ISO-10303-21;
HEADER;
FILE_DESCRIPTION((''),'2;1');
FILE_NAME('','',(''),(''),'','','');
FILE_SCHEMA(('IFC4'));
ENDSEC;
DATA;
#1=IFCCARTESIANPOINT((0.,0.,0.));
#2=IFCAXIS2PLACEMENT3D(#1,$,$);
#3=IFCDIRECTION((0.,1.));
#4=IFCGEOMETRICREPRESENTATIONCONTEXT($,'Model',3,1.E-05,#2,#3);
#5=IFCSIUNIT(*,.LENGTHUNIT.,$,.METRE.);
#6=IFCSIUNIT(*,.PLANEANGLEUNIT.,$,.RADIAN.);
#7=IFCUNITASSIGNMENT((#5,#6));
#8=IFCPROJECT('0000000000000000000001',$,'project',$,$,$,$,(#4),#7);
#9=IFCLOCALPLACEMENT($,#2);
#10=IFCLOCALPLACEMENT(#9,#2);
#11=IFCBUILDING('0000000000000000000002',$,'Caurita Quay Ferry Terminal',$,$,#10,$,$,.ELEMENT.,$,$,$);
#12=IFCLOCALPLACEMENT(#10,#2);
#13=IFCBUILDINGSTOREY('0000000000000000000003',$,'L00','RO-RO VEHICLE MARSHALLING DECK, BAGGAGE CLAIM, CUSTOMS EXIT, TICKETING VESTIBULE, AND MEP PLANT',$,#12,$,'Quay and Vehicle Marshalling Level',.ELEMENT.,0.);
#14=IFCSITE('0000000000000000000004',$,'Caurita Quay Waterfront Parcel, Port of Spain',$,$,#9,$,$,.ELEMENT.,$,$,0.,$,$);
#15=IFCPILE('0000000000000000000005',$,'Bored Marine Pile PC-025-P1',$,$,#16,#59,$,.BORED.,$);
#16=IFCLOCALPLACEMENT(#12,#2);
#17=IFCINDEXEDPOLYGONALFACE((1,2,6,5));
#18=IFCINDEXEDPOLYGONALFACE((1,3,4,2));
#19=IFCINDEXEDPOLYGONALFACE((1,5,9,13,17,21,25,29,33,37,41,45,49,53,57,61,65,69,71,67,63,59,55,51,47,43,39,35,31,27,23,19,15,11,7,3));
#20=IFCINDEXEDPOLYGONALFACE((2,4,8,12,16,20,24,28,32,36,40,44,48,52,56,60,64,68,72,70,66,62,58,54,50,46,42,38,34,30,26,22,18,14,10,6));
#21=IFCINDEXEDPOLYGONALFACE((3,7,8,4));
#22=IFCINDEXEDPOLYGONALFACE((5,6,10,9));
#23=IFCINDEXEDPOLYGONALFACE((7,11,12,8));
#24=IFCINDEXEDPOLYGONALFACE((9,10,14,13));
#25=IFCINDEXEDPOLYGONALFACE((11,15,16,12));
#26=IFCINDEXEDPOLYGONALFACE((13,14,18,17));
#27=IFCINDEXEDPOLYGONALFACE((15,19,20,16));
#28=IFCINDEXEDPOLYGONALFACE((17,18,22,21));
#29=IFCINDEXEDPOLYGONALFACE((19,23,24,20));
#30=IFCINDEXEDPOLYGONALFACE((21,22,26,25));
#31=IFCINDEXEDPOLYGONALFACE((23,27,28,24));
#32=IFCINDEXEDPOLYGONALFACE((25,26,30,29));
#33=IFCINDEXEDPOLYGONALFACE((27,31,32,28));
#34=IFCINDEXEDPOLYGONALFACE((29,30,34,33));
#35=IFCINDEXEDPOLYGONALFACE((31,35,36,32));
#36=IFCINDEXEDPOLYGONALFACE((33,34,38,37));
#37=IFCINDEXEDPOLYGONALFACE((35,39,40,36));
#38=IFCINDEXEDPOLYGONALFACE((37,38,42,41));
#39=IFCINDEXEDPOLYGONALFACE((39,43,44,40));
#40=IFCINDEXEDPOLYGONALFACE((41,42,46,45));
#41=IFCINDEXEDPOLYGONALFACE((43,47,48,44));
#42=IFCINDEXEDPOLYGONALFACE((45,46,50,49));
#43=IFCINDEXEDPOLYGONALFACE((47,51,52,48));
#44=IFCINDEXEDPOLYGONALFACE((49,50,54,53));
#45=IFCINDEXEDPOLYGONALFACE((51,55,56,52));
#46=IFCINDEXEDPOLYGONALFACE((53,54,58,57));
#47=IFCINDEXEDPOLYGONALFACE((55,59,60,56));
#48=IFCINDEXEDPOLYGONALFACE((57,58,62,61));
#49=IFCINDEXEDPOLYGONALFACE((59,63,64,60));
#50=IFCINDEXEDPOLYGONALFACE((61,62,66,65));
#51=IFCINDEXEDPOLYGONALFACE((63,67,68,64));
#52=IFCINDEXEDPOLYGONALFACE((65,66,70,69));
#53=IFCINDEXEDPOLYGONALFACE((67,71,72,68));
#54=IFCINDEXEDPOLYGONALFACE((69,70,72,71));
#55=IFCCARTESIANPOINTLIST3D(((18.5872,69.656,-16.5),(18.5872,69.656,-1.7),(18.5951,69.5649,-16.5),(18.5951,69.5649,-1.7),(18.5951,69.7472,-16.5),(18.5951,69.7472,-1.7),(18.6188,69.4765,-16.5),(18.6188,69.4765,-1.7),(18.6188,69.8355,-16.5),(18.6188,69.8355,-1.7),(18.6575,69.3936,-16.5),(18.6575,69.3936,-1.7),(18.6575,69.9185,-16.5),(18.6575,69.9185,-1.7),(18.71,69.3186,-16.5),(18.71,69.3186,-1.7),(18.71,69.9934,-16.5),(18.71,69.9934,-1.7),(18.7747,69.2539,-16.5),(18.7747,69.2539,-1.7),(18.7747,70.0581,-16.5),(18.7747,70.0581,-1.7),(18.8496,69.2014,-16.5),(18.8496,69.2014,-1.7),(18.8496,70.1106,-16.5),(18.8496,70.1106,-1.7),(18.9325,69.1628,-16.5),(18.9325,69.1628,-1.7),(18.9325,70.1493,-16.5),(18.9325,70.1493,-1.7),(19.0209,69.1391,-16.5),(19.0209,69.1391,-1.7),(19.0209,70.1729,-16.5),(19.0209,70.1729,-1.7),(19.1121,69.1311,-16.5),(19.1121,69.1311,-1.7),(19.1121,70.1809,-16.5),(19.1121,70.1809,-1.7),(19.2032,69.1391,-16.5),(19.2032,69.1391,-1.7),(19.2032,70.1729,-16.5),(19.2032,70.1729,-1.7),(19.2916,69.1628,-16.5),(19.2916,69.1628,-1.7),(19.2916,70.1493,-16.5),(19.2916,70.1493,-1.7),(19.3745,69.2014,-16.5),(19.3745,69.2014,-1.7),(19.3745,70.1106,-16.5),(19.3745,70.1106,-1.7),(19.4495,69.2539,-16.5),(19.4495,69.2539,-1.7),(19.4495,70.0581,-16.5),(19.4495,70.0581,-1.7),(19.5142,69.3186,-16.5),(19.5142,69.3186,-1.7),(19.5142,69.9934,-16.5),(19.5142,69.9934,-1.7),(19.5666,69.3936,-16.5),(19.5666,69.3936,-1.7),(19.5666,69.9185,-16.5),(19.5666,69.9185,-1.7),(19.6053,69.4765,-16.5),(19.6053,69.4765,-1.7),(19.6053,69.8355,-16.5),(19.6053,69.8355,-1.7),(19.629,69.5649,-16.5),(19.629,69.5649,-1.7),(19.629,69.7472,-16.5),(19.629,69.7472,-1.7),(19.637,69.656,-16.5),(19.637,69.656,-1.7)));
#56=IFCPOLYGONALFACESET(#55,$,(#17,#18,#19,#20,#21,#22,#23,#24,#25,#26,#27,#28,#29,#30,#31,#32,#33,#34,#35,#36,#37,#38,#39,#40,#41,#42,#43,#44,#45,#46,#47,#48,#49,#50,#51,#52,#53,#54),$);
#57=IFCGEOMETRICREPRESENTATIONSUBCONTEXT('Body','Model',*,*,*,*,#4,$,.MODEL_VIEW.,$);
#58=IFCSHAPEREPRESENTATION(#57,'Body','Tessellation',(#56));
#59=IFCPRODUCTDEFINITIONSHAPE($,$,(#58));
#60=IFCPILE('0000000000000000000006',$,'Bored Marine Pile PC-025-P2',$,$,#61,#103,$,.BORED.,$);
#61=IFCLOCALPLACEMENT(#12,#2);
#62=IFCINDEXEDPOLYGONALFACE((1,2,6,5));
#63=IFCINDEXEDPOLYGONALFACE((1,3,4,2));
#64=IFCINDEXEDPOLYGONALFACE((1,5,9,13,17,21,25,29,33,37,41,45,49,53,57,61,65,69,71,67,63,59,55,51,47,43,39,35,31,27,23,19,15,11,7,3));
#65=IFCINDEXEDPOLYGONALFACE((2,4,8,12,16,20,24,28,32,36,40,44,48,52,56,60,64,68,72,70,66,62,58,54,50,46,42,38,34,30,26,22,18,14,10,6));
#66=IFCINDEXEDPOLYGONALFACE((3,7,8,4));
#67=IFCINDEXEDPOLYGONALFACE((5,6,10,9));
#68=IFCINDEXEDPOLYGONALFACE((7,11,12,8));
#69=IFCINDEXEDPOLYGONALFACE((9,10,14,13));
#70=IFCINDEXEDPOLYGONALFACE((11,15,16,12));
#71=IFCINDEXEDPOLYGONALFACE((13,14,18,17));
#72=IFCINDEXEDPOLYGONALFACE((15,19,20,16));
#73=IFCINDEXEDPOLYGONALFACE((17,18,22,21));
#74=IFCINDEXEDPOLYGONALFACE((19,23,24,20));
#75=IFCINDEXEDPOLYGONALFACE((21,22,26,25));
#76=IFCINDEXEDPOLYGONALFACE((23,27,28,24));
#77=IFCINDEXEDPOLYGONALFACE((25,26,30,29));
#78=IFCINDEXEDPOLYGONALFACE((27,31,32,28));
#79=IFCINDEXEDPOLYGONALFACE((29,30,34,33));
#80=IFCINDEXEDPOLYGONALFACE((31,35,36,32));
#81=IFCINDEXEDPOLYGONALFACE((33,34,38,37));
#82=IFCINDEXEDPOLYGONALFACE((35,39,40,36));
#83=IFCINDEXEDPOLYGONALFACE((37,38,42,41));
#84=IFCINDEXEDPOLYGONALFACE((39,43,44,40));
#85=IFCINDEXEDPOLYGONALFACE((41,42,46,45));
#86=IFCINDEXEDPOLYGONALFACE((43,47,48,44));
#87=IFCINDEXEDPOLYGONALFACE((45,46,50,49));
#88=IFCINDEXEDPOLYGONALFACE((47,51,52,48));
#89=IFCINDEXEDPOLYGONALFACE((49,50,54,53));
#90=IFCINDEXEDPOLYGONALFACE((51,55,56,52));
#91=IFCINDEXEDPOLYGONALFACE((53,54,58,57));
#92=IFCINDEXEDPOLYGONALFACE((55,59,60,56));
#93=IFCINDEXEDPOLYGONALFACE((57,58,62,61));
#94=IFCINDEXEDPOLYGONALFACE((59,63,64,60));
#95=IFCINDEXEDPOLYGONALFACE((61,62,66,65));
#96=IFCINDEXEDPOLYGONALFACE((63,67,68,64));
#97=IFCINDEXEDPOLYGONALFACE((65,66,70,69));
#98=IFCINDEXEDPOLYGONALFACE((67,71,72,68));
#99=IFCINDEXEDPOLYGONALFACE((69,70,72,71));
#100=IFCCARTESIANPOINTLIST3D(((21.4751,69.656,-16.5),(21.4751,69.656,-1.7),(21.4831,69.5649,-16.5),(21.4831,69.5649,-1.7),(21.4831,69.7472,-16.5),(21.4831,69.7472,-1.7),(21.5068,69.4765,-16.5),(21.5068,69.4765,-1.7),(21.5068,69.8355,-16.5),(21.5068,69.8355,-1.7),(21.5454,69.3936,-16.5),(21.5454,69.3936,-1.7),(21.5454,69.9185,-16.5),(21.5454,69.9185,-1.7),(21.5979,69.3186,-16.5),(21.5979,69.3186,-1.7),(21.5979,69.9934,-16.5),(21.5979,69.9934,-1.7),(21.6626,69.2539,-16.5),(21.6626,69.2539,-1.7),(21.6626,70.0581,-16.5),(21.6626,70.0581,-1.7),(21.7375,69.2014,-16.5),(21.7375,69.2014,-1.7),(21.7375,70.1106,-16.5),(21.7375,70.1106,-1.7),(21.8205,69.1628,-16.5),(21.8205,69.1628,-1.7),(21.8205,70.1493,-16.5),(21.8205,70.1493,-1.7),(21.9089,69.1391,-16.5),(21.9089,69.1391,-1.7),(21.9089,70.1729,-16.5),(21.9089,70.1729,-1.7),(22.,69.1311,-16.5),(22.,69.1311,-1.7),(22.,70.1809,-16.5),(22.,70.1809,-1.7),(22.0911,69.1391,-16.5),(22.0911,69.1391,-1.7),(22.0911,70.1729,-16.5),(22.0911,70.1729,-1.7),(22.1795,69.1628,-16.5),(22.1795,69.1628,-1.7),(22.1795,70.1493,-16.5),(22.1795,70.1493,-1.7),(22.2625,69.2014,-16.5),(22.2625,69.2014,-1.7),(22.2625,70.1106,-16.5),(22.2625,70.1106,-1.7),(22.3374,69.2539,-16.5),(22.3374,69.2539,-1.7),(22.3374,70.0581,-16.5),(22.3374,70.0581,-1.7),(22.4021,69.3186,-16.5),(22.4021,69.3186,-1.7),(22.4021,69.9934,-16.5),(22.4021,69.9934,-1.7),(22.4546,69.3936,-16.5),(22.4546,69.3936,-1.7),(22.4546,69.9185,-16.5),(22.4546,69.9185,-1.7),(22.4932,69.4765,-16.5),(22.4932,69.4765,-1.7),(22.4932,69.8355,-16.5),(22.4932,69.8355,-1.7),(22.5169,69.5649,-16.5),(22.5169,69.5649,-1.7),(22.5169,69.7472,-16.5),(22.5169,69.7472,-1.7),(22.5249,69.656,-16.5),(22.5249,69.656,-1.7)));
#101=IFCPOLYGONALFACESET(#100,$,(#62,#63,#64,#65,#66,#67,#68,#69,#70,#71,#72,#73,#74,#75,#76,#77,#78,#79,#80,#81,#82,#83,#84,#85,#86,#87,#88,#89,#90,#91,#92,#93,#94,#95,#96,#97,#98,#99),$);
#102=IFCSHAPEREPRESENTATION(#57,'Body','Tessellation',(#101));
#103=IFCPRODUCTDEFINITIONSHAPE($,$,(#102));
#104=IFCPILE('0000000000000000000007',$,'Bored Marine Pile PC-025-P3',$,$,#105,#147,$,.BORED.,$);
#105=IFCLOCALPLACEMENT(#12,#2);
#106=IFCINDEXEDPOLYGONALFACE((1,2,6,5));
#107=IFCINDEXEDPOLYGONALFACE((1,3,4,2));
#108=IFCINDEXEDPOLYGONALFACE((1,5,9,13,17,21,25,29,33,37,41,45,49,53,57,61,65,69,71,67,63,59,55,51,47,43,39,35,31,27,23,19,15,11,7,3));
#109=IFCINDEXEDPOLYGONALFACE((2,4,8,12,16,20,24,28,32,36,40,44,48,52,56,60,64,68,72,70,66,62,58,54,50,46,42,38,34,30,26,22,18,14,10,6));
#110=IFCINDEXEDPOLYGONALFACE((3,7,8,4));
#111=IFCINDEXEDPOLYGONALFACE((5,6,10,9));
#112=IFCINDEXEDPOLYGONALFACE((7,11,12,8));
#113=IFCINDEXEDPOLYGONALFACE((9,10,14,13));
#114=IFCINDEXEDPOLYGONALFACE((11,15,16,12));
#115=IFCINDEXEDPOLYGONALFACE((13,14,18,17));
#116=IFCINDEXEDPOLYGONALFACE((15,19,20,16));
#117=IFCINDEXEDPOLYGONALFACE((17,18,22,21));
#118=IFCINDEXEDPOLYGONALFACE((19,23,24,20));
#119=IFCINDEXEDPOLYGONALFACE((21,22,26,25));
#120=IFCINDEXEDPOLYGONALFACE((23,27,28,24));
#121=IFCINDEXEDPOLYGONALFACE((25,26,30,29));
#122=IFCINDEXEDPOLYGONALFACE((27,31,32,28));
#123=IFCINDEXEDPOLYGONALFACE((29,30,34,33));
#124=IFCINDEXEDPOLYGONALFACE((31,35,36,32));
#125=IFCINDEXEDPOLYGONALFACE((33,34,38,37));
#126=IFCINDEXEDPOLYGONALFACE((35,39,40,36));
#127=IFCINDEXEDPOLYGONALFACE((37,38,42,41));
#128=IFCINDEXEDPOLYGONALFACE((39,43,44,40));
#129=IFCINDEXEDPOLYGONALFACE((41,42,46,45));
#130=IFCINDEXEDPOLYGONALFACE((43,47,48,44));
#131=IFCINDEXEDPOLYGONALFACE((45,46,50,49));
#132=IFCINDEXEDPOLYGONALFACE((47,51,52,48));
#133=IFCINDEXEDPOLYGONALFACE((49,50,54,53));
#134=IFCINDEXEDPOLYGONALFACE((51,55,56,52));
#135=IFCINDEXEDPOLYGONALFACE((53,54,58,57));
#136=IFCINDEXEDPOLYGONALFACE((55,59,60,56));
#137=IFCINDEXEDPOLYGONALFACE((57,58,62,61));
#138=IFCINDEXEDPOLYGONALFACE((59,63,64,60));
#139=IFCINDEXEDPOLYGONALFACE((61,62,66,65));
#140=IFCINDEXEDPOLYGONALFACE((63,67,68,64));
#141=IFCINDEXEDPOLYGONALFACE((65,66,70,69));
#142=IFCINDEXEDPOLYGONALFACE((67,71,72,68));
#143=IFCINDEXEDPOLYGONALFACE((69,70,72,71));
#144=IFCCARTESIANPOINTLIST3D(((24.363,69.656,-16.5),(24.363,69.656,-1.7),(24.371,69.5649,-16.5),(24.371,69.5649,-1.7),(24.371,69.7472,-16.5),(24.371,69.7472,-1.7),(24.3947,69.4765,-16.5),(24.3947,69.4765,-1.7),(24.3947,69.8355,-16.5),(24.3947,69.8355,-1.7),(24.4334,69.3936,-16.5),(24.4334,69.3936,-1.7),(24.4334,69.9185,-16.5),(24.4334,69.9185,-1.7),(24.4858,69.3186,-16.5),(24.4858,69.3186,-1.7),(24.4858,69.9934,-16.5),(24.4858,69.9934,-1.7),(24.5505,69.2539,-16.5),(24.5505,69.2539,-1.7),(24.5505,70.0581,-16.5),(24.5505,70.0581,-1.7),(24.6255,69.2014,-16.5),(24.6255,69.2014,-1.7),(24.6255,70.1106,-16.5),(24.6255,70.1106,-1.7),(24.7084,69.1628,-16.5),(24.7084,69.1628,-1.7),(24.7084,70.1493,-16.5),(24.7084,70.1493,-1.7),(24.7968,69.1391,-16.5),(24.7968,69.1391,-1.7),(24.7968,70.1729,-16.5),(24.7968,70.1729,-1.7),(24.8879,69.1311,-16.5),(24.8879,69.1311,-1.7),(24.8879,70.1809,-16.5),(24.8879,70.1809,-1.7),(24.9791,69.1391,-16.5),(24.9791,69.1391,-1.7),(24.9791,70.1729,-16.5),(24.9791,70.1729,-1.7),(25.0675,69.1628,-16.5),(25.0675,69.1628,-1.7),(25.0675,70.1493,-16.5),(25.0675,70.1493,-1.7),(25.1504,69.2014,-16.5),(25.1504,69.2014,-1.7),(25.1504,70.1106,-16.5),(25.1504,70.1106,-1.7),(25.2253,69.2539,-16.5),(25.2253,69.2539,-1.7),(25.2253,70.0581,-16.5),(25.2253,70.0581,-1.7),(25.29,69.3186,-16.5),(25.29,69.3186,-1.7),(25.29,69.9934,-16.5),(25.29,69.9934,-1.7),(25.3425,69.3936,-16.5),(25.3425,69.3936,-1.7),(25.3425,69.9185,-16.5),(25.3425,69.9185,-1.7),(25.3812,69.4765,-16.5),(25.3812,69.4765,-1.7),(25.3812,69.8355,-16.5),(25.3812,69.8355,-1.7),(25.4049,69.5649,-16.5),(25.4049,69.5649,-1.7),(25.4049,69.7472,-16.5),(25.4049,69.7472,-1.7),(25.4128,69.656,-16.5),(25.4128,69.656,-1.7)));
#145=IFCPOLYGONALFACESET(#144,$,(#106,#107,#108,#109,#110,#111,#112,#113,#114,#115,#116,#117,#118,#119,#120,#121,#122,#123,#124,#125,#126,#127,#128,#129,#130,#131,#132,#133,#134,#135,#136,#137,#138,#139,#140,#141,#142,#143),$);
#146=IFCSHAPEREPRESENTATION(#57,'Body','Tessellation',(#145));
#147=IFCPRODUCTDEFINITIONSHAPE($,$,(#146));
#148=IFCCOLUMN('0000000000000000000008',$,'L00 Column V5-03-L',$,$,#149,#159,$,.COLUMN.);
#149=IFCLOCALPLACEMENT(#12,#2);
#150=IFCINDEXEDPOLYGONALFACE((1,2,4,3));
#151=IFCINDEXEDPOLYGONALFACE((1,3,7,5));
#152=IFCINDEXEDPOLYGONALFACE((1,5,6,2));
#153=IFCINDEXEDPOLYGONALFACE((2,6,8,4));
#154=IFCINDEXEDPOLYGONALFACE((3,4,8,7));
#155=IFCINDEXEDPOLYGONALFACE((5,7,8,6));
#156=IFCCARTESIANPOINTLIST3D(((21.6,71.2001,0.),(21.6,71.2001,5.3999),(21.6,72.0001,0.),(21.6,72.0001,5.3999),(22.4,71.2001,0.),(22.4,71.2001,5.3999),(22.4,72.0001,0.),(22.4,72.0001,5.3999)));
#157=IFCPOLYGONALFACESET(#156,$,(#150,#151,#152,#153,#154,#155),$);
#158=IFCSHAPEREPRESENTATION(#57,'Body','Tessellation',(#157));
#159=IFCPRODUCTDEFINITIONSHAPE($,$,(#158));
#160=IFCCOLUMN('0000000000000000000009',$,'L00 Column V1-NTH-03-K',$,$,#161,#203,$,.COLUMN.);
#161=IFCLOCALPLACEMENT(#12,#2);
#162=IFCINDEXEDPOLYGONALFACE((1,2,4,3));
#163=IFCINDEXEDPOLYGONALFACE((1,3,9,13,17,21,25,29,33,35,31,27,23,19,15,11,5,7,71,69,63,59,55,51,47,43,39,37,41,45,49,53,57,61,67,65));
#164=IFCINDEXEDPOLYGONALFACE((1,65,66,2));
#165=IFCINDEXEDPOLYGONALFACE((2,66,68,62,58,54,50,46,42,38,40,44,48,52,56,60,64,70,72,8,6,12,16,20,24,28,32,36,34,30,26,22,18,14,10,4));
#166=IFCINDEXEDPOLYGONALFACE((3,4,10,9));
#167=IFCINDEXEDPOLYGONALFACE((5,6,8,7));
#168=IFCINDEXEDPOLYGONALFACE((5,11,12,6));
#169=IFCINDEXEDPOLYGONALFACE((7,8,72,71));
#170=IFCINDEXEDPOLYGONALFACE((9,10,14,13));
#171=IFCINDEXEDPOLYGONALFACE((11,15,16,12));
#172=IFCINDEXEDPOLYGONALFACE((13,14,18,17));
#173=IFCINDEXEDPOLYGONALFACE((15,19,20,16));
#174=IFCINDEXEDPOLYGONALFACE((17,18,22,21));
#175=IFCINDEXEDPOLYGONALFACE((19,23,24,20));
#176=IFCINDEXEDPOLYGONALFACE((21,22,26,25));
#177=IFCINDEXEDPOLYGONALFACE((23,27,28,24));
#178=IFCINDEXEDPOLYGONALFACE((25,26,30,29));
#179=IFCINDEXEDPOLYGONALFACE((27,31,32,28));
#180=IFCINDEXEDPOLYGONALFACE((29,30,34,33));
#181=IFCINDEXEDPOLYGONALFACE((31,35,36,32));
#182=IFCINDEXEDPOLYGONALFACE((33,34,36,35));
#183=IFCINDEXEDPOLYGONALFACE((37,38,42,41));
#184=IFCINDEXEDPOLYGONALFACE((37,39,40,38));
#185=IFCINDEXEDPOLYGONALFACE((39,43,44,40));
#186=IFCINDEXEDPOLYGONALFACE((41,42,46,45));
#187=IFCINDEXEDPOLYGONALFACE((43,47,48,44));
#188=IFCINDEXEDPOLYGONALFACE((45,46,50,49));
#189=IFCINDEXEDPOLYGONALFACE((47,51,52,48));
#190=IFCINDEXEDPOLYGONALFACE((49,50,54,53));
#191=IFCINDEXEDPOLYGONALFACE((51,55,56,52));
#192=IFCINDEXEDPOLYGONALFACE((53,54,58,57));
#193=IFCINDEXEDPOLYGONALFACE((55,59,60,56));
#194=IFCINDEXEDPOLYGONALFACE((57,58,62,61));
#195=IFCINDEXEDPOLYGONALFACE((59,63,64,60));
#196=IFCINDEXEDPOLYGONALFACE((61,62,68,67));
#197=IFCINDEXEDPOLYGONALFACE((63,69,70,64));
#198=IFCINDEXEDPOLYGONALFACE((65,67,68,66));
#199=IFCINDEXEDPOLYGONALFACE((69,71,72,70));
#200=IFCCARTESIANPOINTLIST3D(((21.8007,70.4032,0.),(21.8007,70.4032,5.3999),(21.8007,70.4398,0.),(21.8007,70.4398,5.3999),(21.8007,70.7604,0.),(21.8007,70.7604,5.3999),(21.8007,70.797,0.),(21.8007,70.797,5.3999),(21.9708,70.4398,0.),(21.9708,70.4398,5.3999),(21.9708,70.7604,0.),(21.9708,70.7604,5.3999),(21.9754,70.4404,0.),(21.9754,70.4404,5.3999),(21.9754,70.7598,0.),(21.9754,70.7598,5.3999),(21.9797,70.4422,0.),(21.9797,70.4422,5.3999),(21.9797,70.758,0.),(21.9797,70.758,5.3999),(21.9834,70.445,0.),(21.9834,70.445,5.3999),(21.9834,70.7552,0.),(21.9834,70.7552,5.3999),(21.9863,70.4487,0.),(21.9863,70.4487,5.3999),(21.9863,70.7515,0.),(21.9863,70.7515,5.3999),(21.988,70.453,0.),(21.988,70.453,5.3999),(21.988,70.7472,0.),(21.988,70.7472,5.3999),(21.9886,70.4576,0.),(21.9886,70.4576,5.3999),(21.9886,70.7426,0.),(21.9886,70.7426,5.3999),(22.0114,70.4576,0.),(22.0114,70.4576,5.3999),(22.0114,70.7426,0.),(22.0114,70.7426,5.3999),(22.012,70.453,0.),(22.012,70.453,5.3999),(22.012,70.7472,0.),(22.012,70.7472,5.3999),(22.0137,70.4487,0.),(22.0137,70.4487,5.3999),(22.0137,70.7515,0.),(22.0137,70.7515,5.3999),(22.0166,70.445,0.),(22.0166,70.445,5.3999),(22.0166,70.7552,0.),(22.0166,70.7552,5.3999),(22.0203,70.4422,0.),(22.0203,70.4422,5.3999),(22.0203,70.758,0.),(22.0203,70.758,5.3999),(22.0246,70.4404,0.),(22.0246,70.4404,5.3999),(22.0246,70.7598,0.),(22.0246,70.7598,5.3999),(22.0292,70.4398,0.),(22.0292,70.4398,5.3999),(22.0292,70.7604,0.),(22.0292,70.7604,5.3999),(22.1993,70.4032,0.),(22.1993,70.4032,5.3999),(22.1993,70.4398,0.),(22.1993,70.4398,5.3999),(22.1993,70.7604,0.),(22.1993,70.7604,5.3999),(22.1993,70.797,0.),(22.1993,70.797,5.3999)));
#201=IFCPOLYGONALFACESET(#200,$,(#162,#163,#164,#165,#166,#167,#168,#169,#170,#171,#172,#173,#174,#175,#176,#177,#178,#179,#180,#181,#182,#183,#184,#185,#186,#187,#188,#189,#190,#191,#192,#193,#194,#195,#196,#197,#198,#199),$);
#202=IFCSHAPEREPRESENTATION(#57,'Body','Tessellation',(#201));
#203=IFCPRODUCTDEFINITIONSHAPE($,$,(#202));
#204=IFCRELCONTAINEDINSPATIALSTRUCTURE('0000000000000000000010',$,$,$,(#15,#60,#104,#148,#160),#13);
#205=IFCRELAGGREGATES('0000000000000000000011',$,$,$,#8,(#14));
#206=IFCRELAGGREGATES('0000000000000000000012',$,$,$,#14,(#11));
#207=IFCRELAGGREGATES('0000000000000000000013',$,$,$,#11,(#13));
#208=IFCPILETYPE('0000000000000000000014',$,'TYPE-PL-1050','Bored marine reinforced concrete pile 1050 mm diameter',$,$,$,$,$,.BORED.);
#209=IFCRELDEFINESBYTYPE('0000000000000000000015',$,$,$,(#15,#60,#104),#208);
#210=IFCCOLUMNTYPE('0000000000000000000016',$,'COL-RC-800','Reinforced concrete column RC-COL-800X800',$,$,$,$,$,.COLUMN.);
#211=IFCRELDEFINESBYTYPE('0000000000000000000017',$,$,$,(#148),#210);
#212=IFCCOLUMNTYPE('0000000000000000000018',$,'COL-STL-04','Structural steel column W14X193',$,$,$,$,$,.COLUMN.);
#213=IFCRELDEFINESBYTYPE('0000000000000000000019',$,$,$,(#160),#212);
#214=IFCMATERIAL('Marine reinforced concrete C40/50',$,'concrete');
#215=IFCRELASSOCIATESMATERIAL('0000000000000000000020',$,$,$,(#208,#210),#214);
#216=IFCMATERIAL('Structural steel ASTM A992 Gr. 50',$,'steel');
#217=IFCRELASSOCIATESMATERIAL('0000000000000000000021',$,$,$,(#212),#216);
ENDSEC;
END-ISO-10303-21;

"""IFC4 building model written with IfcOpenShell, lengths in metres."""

from ifc_helpers import new_model, si_unit, direction, frame, origin, origin_2d, place, context, subcontext, project, spatial, rectangle, circle, i_section, extrude, material, material_profile, profile_set, type_object, element, save


model = new_model("IFC4")

# Units and contexts
model_context = context("Model", 3, precision=1e-05, world=origin(), true_north=direction((0.0, 1.0)))
body_context = subcontext(model_context, "Body", "Model", "MODEL_VIEW")
ifc_project = project(units=[si_unit("LENGTHUNIT", "METRE"), si_unit("PLANEANGLEUNIT", "RADIAN")], contexts=[model_context])

# Site, building, storey
site_placement = place(None, origin())
site = spatial("IfcSite", under=ifc_project, at=site_placement, Name="Caurita Quay Waterfront Parcel, Port of Spain", CompositionType="ELEMENT", RefElevation=0.0)
building_placement = place(site_placement, origin())
building = spatial("IfcBuilding", under=site, at=building_placement, Name="Caurita Quay Ferry Terminal", CompositionType="ELEMENT")
storey_placement = place(building_placement, origin())
storey = spatial("IfcBuildingStorey", under=building, at=storey_placement, Name="L00", Description="RO-RO VEHICLE MARSHALLING DECK, BAGGAGE CLAIM, CUSTOMS EXIT, TICKETING VESTIBULE, AND MEP PLANT", LongName="Quay and Vehicle Marshalling Level", CompositionType="ELEMENT", Elevation=0.0)

# Piles
ifc_material_1 = material(Name="Marine reinforced concrete C40/50", Category="concrete")
ifc_material_profile_1 = material_profile(ifc_material_1, circle(Radius=0.5249, at=origin_2d()), Name="PILE-D1050")
ifc_profile_set_1 = profile_set([ifc_material_profile_1], Name="Marine reinforced concrete C40/50")
pile_type = type_object("IfcPileType", Name="TYPE-PL-1050", Description="Bored marine reinforced concrete pile 1050 mm diameter", PredefinedType="BORED", material=ifc_profile_set_1)
for number, where, z_axis, x_axis, name in (
    (1, (19.1121, 69.656, -1.7), (0.0, 0.0, -1.0), (1.0, 0.0, 0.0), "Bored Marine Pile PC-025-P1"),
    (2, (22.0, 69.656, -1.7), (0.0, 0.0, -1.0), (1.0, 0.0, 0.0), "Bored Marine Pile PC-025-P2"),
    (3, (24.8879, 69.656, -1.7), (0.0, 0.0, -1.0), (1.0, 0.0, 0.0), "Bored Marine Pile PC-025-P3"),
):
    element("IfcPile", number, at=place(storey_placement, frame(where, z_axis=z_axis, x_axis=x_axis)), inside=storey, type_object=pile_type, Name=name, PredefinedType="BORED", context=body_context, shape_type="SweptSolid", body=[
        extrude(circle(Radius=0.5249, at=origin_2d()), origin(), (0.0, 0.0, 1.0), 14.8),
    ])

# Columns
ifc_material_profile_2 = material_profile(ifc_material_1, rectangle(XDim=0.8, YDim=0.8, at=origin_2d()), Name="RC-COL-800X800")
ifc_profile_set_2 = profile_set([ifc_material_profile_2], Name="Marine reinforced concrete C40/50")
column_type_1 = type_object("IfcColumnType", Name="COL-RC-800", Description="Reinforced concrete column RC-COL-800X800", PredefinedType="COLUMN", material=ifc_profile_set_2)
column_1_placement = place(storey_placement, frame((22.0, 71.6001, 0.0), z_axis=(0.0, 0.0, 1.0), x_axis=(1.0, 0.0, 0.0)))
element("IfcColumn", 4, at=column_1_placement, inside=storey, type_object=column_type_1, Name="L00 Column V5-03-L", PredefinedType="COLUMN", context=body_context, shape_type="SweptSolid", body=[
    extrude(rectangle(XDim=0.8, YDim=0.8, at=origin_2d()), origin(), (0.0, 0.0, 1.0), 5.3999),
])
ifc_material_2 = material(Name="Structural steel ASTM A992 Gr. 50", Category="steel")
ifc_material_profile_3 = material_profile(ifc_material_2, i_section(OverallWidth=0.3987, OverallDepth=0.3938, WebThickness=0.0227, FlangeThickness=0.0366, FilletRadius=0.0178, at=origin_2d()), Name="W14X193")
ifc_profile_set_3 = profile_set([ifc_material_profile_3], Name="Structural steel ASTM A992 Gr. 50")
column_type_2 = type_object("IfcColumnType", Name="COL-STL-04", Description="Structural steel column W14X193", PredefinedType="COLUMN", material=ifc_profile_set_3)
column_2_placement = place(storey_placement, frame((22.0, 70.6001, 0.0), z_axis=(0.0, 0.0, 1.0), x_axis=(1.0, 0.0, 0.0)))
element("IfcColumn", 5, at=column_2_placement, inside=storey, type_object=column_type_2, Name="L00 Column V1-NTH-03-K", PredefinedType="COLUMN", context=body_context, shape_type="SweptSolid", body=[
    extrude(i_section(OverallWidth=0.3987, OverallDepth=0.3938, WebThickness=0.0227, FlangeThickness=0.0366, FilletRadius=0.0178, at=origin_2d()), origin(), (0.0, 0.0, 1.0), 5.3999),
])

save(model, "model.ifc")
